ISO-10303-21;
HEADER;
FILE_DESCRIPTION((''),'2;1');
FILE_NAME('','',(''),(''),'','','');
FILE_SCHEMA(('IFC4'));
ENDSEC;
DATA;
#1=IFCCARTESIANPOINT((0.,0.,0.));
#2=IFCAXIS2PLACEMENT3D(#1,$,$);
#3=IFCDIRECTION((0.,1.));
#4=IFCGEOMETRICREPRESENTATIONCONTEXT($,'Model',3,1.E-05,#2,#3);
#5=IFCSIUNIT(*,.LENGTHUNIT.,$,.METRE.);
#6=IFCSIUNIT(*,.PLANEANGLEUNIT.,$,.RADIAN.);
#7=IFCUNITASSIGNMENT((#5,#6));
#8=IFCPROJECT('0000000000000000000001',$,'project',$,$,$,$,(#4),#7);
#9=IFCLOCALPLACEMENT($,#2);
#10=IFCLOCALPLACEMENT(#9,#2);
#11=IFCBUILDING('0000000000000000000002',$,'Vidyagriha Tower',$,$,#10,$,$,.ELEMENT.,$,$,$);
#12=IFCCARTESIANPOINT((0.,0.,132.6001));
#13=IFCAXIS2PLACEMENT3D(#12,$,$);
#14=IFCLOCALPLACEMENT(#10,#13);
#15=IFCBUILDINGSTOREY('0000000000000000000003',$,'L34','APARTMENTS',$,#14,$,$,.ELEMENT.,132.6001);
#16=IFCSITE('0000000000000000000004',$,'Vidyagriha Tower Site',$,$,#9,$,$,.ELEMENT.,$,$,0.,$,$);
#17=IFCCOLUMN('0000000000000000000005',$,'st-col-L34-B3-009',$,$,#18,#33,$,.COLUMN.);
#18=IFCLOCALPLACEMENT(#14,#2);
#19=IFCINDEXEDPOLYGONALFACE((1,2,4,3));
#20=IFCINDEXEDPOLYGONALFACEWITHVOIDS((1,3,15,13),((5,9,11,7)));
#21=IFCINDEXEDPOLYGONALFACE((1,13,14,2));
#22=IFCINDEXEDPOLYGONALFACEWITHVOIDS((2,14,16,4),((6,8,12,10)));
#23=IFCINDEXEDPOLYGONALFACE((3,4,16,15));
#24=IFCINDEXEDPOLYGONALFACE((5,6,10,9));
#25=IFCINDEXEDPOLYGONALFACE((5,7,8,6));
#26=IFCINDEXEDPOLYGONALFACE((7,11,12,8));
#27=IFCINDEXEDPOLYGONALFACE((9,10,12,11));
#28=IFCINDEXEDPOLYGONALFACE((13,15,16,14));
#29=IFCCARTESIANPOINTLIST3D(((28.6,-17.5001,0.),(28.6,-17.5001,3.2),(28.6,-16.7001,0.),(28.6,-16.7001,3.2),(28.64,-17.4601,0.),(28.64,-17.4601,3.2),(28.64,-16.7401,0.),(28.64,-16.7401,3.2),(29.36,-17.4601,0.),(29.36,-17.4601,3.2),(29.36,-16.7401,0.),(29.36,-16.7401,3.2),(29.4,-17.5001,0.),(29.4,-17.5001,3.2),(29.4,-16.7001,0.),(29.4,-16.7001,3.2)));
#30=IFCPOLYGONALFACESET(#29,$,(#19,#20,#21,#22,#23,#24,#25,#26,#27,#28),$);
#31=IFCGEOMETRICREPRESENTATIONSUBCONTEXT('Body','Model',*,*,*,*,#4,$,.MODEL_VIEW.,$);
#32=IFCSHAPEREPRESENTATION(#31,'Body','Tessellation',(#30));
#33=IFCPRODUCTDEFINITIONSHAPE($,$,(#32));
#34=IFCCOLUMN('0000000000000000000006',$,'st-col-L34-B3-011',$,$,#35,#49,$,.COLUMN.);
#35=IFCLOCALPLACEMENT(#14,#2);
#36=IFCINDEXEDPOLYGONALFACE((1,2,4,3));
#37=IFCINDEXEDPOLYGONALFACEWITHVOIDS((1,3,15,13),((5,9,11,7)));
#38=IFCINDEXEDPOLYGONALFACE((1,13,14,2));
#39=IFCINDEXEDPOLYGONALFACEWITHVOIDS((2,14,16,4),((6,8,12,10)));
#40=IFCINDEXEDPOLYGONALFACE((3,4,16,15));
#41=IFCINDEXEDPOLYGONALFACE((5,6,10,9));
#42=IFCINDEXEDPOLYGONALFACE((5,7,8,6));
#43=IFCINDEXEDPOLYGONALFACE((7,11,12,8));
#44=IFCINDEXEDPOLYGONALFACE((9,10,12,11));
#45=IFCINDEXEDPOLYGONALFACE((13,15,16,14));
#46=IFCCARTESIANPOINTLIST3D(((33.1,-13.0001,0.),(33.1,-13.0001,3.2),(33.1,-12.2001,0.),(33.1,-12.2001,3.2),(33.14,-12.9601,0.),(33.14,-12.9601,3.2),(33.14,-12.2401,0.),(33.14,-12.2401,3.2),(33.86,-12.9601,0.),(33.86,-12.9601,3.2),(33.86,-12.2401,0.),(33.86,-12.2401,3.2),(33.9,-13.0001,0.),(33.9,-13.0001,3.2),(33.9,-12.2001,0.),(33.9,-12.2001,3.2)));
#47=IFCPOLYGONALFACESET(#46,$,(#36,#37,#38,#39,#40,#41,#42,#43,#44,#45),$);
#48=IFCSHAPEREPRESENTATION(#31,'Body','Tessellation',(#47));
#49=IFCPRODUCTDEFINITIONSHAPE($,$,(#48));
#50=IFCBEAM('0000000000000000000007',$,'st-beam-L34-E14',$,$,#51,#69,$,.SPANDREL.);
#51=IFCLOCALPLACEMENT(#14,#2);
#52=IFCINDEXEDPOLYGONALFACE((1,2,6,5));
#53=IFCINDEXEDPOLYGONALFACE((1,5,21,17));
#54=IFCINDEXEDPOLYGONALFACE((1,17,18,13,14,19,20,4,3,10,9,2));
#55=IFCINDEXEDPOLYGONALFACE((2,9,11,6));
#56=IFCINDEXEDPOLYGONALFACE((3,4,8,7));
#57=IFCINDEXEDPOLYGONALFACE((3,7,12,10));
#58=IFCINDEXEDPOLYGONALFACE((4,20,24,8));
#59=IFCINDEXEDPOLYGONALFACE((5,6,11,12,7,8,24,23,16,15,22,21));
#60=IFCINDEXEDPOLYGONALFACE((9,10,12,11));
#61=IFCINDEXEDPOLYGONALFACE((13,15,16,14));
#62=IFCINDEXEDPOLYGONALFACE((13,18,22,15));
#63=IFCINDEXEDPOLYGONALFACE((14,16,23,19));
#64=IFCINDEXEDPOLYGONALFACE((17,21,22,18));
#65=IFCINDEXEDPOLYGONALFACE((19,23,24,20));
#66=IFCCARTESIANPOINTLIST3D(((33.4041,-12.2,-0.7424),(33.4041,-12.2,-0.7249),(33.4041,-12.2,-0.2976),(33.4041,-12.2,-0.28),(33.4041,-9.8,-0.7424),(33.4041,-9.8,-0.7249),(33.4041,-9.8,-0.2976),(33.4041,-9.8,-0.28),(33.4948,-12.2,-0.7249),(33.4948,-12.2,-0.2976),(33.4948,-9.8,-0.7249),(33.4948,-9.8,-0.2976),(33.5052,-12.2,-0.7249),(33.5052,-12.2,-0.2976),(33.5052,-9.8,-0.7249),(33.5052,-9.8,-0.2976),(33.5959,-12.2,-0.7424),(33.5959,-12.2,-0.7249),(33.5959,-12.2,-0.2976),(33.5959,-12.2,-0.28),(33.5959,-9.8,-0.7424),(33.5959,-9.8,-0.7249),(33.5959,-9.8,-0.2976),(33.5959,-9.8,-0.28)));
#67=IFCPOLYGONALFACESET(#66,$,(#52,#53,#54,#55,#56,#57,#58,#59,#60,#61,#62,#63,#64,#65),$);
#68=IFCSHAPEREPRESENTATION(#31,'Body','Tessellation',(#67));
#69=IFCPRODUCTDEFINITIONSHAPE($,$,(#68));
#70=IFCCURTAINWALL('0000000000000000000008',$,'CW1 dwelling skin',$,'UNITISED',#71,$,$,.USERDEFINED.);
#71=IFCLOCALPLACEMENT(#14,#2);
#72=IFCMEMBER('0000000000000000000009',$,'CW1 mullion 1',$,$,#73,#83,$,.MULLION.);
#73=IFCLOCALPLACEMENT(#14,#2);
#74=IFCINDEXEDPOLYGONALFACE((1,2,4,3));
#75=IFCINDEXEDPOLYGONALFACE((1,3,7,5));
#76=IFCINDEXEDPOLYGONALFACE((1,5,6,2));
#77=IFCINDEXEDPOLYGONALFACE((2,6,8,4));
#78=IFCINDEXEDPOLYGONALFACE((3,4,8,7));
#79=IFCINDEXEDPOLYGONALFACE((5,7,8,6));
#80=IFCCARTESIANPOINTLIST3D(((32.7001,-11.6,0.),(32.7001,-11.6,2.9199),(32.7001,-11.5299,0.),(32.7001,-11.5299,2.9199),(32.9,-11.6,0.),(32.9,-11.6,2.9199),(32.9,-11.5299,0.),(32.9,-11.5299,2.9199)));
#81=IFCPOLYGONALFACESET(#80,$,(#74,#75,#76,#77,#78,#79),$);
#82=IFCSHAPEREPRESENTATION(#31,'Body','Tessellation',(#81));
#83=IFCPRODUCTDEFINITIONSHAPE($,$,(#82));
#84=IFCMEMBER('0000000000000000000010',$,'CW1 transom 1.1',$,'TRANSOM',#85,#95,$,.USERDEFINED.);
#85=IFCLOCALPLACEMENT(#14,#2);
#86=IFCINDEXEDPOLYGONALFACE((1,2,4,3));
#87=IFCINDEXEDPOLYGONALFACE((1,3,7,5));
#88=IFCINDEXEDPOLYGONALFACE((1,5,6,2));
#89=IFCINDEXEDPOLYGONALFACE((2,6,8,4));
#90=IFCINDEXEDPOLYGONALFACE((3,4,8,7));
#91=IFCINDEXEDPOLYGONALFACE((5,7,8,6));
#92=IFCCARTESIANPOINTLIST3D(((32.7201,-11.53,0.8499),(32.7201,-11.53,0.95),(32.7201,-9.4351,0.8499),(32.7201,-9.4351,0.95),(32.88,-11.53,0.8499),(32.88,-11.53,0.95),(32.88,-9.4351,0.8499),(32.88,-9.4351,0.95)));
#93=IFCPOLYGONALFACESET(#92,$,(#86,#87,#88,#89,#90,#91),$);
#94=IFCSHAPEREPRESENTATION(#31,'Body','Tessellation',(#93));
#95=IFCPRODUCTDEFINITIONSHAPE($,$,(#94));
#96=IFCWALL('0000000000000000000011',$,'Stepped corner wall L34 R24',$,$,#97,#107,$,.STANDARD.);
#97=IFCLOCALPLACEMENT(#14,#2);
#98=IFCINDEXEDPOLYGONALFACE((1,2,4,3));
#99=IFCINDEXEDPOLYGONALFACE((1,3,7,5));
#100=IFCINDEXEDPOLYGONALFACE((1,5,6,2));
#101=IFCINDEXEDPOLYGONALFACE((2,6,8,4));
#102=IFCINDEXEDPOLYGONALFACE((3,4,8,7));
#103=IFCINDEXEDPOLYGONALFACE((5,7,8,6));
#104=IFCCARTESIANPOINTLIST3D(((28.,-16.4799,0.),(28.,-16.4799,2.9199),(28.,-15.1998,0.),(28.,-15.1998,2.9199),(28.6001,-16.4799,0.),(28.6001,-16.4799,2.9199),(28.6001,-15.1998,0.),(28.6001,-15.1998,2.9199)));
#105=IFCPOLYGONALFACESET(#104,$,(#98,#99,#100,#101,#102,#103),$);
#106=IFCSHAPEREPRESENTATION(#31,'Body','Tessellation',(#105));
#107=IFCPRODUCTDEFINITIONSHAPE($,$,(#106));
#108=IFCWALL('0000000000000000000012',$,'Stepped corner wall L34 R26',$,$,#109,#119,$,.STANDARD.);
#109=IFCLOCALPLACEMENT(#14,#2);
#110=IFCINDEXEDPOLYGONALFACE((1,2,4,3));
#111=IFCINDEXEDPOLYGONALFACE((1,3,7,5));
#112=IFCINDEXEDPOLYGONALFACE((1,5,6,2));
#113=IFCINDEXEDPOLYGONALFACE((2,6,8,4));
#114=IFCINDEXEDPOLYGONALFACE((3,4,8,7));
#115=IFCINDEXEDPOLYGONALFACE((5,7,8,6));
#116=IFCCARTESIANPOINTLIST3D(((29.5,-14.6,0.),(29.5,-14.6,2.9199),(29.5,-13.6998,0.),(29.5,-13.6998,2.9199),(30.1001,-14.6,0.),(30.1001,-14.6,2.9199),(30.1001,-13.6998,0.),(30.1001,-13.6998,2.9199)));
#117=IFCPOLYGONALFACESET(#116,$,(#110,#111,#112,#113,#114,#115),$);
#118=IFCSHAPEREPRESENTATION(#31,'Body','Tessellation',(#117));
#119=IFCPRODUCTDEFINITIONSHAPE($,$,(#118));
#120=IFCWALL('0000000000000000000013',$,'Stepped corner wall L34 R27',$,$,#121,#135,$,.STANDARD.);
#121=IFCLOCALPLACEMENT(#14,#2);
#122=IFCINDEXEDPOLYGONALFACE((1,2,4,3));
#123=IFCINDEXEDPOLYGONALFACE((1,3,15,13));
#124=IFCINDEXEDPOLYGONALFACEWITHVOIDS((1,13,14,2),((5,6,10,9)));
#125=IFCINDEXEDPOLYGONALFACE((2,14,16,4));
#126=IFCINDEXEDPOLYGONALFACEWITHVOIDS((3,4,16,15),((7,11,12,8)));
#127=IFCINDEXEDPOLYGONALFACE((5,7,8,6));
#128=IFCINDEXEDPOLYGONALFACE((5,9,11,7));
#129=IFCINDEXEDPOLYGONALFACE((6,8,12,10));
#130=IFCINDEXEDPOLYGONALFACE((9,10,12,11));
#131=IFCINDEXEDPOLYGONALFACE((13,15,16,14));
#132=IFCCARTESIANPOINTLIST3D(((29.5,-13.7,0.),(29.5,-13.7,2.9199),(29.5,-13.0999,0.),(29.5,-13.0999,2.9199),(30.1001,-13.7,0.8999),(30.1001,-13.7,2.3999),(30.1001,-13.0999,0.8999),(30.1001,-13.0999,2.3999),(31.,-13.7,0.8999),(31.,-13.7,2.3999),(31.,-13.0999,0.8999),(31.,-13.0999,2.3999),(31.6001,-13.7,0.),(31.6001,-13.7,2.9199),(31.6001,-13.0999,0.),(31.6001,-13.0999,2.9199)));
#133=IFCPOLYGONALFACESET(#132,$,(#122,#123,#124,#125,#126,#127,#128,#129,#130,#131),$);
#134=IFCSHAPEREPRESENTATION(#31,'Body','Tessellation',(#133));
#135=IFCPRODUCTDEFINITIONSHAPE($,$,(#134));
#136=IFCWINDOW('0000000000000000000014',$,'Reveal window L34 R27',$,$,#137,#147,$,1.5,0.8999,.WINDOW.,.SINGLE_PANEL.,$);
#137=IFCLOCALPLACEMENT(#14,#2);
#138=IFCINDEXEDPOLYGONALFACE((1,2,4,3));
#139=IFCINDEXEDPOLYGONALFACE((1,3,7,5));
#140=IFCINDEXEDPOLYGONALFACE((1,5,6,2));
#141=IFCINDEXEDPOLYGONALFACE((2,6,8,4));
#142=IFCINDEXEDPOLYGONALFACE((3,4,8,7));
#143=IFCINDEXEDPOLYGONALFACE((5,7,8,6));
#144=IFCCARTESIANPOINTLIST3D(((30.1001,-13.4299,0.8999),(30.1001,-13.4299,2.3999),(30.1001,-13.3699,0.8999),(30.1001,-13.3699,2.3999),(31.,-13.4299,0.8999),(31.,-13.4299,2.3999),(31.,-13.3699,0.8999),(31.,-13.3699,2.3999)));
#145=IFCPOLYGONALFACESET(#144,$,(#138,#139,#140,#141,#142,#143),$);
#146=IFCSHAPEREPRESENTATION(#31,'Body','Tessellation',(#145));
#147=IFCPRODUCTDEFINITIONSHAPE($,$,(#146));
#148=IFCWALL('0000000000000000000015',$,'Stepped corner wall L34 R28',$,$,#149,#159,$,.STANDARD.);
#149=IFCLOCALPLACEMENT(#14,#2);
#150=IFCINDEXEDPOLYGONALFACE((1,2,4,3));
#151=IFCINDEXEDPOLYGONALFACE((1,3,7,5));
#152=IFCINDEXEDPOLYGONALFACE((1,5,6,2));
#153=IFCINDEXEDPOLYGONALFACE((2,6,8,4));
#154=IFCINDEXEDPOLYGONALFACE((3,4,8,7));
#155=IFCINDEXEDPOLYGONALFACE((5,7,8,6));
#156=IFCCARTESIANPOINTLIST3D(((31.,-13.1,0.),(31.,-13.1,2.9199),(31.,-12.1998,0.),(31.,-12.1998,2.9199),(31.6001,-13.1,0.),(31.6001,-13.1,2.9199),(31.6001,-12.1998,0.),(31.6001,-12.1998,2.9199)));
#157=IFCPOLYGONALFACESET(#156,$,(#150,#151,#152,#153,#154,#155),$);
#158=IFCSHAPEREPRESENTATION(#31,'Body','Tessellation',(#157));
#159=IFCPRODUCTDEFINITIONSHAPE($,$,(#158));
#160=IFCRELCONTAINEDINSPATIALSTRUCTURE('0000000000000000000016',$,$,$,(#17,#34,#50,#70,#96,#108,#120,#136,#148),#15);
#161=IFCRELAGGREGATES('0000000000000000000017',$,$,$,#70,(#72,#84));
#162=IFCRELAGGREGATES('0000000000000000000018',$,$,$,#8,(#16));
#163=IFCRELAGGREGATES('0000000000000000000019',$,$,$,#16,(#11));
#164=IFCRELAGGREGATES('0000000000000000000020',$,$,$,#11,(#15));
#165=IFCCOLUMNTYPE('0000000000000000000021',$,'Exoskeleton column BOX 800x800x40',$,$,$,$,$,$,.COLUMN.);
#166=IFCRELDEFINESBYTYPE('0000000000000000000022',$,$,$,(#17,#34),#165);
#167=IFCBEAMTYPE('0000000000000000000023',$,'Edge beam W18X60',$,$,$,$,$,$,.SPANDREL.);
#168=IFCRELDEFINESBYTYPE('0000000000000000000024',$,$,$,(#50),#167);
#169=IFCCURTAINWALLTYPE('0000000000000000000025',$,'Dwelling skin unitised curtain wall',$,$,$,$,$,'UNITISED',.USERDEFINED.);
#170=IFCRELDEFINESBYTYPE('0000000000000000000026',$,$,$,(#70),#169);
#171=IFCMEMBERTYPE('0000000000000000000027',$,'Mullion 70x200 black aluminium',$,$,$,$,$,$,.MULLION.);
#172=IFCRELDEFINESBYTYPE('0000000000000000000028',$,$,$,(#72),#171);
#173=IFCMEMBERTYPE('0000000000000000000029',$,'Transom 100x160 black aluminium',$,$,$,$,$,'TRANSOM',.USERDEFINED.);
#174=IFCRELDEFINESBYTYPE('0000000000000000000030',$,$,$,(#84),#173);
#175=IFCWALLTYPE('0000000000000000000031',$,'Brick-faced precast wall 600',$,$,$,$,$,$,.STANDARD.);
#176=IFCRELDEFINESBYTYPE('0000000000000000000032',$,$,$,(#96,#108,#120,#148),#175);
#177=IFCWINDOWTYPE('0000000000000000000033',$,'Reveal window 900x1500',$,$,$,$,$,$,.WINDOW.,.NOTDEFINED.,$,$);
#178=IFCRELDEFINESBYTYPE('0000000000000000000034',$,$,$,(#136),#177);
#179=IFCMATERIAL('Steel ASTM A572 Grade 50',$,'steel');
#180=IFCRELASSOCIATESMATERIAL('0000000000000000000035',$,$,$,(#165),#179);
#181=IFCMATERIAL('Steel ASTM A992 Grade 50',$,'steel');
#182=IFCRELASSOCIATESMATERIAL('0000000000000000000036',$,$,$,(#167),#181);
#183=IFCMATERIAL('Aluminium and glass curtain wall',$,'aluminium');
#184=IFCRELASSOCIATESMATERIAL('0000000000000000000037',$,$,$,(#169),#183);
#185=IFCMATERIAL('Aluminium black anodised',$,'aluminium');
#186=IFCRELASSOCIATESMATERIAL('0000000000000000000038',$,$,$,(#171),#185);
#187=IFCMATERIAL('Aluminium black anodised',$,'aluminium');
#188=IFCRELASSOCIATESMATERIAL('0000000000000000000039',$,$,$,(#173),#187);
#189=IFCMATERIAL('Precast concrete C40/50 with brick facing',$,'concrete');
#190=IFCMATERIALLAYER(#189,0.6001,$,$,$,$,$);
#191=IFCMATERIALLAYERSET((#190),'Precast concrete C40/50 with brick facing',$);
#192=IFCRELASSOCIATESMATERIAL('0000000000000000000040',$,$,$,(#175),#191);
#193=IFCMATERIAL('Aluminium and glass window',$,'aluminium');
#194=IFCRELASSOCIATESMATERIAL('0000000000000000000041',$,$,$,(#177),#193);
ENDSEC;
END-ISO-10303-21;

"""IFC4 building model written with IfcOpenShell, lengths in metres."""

from ifc_helpers import new_model, si_unit, direction, frame, frame_2d, origin, origin_2d, place, context, subcontext, project, spatial, rectangle, hollow_rectangle, i_section, extrude, material, layer, layer_set, material_profile, profile_set, type_object, element, fill, aggregate, save


model = new_model("IFC4")

# Units and contexts
model_context = context("Model", 3, precision=1e-05, world=origin(), true_north=direction((0.0, 1.0)))
body_context = subcontext(model_context, "Body", "Model", "MODEL_VIEW")
ifc_project = project(units=[si_unit("LENGTHUNIT", "METRE"), si_unit("PLANEANGLEUNIT", "RADIAN")], contexts=[model_context])

# Site, building, storey
site_placement = place(None, origin())
site = spatial("IfcSite", under=ifc_project, at=site_placement, Name="Vidyagriha Tower Site", CompositionType="ELEMENT", RefElevation=0.0)
building_placement = place(site_placement, origin())
building = spatial("IfcBuilding", under=site, at=building_placement, Name="Vidyagriha Tower", CompositionType="ELEMENT")
storey_placement = place(building_placement, frame((0.0, 0.0, 132.6001)))
storey = spatial("IfcBuildingStorey", under=building, at=storey_placement, Name="L34", Description="APARTMENTS", CompositionType="ELEMENT", Elevation=132.6001)

# Columns
ifc_material_1 = material(Name="Steel ASTM A572 Grade 50", Category="steel")
ifc_material_profile_1 = material_profile(ifc_material_1, hollow_rectangle(XDim=0.8, YDim=0.8, WallThickness=0.04, at=origin_2d()), Name="BOX 800x800x40")
ifc_profile_set_1 = profile_set([ifc_material_profile_1], Name="Steel ASTM A572 Grade 50")
column_type = type_object("IfcColumnType", Name="Exoskeleton column BOX 800x800x40", PredefinedType="COLUMN", material=ifc_profile_set_1)
for number, where, name in (
    (1, (29.0, -17.1001, 0.0), "st-col-L34-B3-009"),
    (2, (33.5, -12.6001, 0.0), "st-col-L34-B3-011"),
):
    element("IfcColumn", number, at=place(storey_placement, frame(where)), inside=storey, type_object=column_type, Name=name, PredefinedType="COLUMN", context=body_context, shape_type="SweptSolid", body=[
        extrude(hollow_rectangle(XDim=0.8, YDim=0.8, WallThickness=0.04, at=origin_2d()), origin(), (0.0, 0.0, 1.0), 3.2),
    ])

# Beam
ifc_material_2 = material(Name="Steel ASTM A992 Grade 50", Category="steel")
ifc_material_profile_2 = material_profile(ifc_material_2, i_section(OverallWidth=0.1919, OverallDepth=0.4624, WebThickness=0.0105, FlangeThickness=0.0176, at=origin_2d()), Name="W18X60")
ifc_profile_set_2 = profile_set([ifc_material_profile_2], Name="Steel ASTM A992 Grade 50")
beam_type = type_object("IfcBeamType", Name="Edge beam W18X60", PredefinedType="SPANDREL", material=ifc_profile_set_2)
beam_placement = place(storey_placement, frame((33.5, -12.2, -0.5112), z_axis=(0.0, 1.0, 0.0), x_axis=(-1.0, 0.0, 0.0)))
element("IfcBeam", 3, at=beam_placement, inside=storey, type_object=beam_type, Name="st-beam-L34-E14", PredefinedType="SPANDREL", context=body_context, shape_type="SweptSolid", body=[
    extrude(i_section(OverallWidth=0.1919, OverallDepth=0.4624, WebThickness=0.0105, FlangeThickness=0.0176, at=origin_2d()), origin(), (0.0, 0.0, 1.0), 2.3999),
])

# Curtain wall, members
ifc_material_3 = material(Name="Aluminium and glass curtain wall", Category="aluminium")
curtain_wall_type = type_object("IfcCurtainWallType", Name="Dwelling skin unitised curtain wall", ElementType="UNITISED", PredefinedType="USERDEFINED", material=ifc_material_3)
curtain_wall_placement = place(storey_placement, origin())
curtain_wall = element("IfcCurtainWall", 4, at=curtain_wall_placement, inside=storey, type_object=curtain_wall_type, Name="CW1 dwelling skin", ObjectType="UNITISED", PredefinedType="USERDEFINED")
ifc_material_4 = material(Name="Aluminium black anodised", Category="aluminium")
ifc_material_profile_3 = material_profile(ifc_material_4, rectangle(XDim=0.2, YDim=0.0701, at=origin_2d()), Name="Mullion 70x200 black aluminium")
ifc_profile_set_3 = profile_set([ifc_material_profile_3], Name="Aluminium black anodised")
member_type_1 = type_object("IfcMemberType", Name="Mullion 70x200 black aluminium", PredefinedType="MULLION", material=ifc_profile_set_3)
member_1_placement = place(storey_placement, frame((32.8, -11.5649, 0.0), z_axis=(0.0, 0.0, 1.0), x_axis=(-1.0, 0.0, 0.0)))
member_1 = element("IfcMember", 5, at=member_1_placement, type_object=member_type_1, Name="CW1 mullion 1", PredefinedType="MULLION", context=body_context, shape_type="SweptSolid", body=[
    extrude(rectangle(XDim=0.2, YDim=0.0701, at=origin_2d()), origin(), (0.0, 0.0, 1.0), 2.9199),
])
ifc_material_5 = material(Name="Aluminium black anodised", Category="aluminium")
ifc_material_profile_4 = material_profile(ifc_material_5, rectangle(XDim=0.1599, YDim=0.1001, at=origin_2d()), Name="Transom 100x160 black aluminium")
ifc_profile_set_4 = profile_set([ifc_material_profile_4], Name="Aluminium black anodised")
member_type_2 = type_object("IfcMemberType", Name="Transom 100x160 black aluminium", ElementType="TRANSOM", PredefinedType="USERDEFINED", material=ifc_profile_set_4)
member_2_placement = place(storey_placement, frame((32.8, -11.53, 0.8999), z_axis=(0.0, 1.0, 0.0), x_axis=(-1.0, 0.0, 0.0)))
member_2 = element("IfcMember", 6, at=member_2_placement, type_object=member_type_2, Name="CW1 transom 1.1", ObjectType="TRANSOM", PredefinedType="USERDEFINED", context=body_context, shape_type="SweptSolid", body=[
    extrude(rectangle(XDim=0.1599, YDim=0.1001, at=origin_2d()), origin(), (0.0, 0.0, 1.0), 2.095),
])
aggregate(curtain_wall, [member_1, member_2])

# Walls
ifc_material_6 = material(Name="Precast concrete C40/50 with brick facing", Category="concrete")
ifc_layer_1 = layer(ifc_material_6, 0.6001)
ifc_layer_set_1 = layer_set([ifc_layer_1], Name="Precast concrete C40/50 with brick facing")
wall_type_1 = type_object("IfcWallType", Name="Brick-faced precast wall 600", PredefinedType="STANDARD", material=ifc_layer_set_1)
wall_1_placement = place(storey_placement, frame((28.3, -16.48, 0.0), z_axis=(0.0, 0.0, 1.0), x_axis=(0.0, 1.0, 0.0)))
element("IfcWall", 7, at=wall_1_placement, inside=storey, type_object=wall_type_1, Name="Stepped corner wall L34 R24", PredefinedType="STANDARD", context=body_context, shape_type="SweptSolid", body=[
    extrude(rectangle(XDim=1.28, YDim=0.6001, at=frame_2d((0.6401, 0.0))), origin(), (0.0, 0.0, 1.0), 2.9199),
])
wall_2_placement = place(storey_placement, frame((29.8, -14.6001, 0.0), z_axis=(0.0, 0.0, 1.0), x_axis=(0.0, 1.0, 0.0)))
element("IfcWall", 8, at=wall_2_placement, inside=storey, type_object=wall_type_1, Name="Stepped corner wall L34 R26", PredefinedType="STANDARD", context=body_context, shape_type="SweptSolid", body=[
    extrude(rectangle(XDim=0.9001, YDim=0.6001, at=frame_2d((0.4502, 0.0))), origin(), (0.0, 0.0, 1.0), 2.9199),
])

# Wall, opening, window
wall_3_placement = place(storey_placement, frame((29.5, -13.3999, 0.0)))
wall_3 = element("IfcWall", 9, at=wall_3_placement, inside=storey, type_object=wall_type_1, Name="Stepped corner wall L34 R27", PredefinedType="STANDARD", context=body_context, shape_type="SweptSolid", body=[
    extrude(rectangle(XDim=2.1001, YDim=0.6001, at=frame_2d((1.05, 0.0))), origin(), (0.0, 0.0, 1.0), 2.9199),
])
opening_1_placement = place(wall_3_placement, frame((0.6001, 0.0, 0.8999)))
opening_1 = element("IfcOpeningElement", 10, at=opening_1_placement, cuts=wall_3, PredefinedType="OPENING", context=body_context, shape_type="SweptSolid", body=[
    extrude(rectangle(XDim=0.8999, YDim=1.5, at=frame_2d((0.45, 0.75))), frame((0.0, 0.3101, 0.0), z_axis=(0.0, -1.0, 0.0), x_axis=(1.0, 0.0, 0.0)), (0.0, 0.0, 1.0), 0.6201),
])
ifc_material_7 = material(Name="Aluminium and glass window", Category="aluminium")
window_type = type_object("IfcWindowType", Name="Reveal window 900x1500", PartitioningType="NOTDEFINED", PredefinedType="WINDOW", material=ifc_material_7)
window_1_placement = place(opening_1_placement, origin())
window_1 = element("IfcWindow", 11, at=window_1_placement, inside=storey, type_object=window_type, Name="Reveal window L34 R27", OverallHeight=1.5, OverallWidth=0.8999, PartitioningType="SINGLE_PANEL", PredefinedType="WINDOW", context=body_context, shape_type="SweptSolid", body=[
    extrude(rectangle(XDim=0.8999, YDim=1.5, at=frame_2d((0.45, 0.75))), frame((0.0, 0.03, 0.0), z_axis=(0.0, -1.0, 0.0), x_axis=(1.0, 0.0, 0.0)), (0.0, 0.0, 1.0), 0.0601),
])
fill(opening_1, window_1)

# Wall
wall_4_placement = place(storey_placement, frame((31.3, -13.1001, 0.0), z_axis=(0.0, 0.0, 1.0), x_axis=(0.0, 1.0, 0.0)))
element("IfcWall", 12, at=wall_4_placement, inside=storey, type_object=wall_type_1, Name="Stepped corner wall L34 R28", PredefinedType="STANDARD", context=body_context, shape_type="SweptSolid", body=[
    extrude(rectangle(XDim=0.9001, YDim=0.6001, at=frame_2d((0.4502, 0.0))), origin(), (0.0, 0.0, 1.0), 2.9199),
])

save(model, "model.ifc")
